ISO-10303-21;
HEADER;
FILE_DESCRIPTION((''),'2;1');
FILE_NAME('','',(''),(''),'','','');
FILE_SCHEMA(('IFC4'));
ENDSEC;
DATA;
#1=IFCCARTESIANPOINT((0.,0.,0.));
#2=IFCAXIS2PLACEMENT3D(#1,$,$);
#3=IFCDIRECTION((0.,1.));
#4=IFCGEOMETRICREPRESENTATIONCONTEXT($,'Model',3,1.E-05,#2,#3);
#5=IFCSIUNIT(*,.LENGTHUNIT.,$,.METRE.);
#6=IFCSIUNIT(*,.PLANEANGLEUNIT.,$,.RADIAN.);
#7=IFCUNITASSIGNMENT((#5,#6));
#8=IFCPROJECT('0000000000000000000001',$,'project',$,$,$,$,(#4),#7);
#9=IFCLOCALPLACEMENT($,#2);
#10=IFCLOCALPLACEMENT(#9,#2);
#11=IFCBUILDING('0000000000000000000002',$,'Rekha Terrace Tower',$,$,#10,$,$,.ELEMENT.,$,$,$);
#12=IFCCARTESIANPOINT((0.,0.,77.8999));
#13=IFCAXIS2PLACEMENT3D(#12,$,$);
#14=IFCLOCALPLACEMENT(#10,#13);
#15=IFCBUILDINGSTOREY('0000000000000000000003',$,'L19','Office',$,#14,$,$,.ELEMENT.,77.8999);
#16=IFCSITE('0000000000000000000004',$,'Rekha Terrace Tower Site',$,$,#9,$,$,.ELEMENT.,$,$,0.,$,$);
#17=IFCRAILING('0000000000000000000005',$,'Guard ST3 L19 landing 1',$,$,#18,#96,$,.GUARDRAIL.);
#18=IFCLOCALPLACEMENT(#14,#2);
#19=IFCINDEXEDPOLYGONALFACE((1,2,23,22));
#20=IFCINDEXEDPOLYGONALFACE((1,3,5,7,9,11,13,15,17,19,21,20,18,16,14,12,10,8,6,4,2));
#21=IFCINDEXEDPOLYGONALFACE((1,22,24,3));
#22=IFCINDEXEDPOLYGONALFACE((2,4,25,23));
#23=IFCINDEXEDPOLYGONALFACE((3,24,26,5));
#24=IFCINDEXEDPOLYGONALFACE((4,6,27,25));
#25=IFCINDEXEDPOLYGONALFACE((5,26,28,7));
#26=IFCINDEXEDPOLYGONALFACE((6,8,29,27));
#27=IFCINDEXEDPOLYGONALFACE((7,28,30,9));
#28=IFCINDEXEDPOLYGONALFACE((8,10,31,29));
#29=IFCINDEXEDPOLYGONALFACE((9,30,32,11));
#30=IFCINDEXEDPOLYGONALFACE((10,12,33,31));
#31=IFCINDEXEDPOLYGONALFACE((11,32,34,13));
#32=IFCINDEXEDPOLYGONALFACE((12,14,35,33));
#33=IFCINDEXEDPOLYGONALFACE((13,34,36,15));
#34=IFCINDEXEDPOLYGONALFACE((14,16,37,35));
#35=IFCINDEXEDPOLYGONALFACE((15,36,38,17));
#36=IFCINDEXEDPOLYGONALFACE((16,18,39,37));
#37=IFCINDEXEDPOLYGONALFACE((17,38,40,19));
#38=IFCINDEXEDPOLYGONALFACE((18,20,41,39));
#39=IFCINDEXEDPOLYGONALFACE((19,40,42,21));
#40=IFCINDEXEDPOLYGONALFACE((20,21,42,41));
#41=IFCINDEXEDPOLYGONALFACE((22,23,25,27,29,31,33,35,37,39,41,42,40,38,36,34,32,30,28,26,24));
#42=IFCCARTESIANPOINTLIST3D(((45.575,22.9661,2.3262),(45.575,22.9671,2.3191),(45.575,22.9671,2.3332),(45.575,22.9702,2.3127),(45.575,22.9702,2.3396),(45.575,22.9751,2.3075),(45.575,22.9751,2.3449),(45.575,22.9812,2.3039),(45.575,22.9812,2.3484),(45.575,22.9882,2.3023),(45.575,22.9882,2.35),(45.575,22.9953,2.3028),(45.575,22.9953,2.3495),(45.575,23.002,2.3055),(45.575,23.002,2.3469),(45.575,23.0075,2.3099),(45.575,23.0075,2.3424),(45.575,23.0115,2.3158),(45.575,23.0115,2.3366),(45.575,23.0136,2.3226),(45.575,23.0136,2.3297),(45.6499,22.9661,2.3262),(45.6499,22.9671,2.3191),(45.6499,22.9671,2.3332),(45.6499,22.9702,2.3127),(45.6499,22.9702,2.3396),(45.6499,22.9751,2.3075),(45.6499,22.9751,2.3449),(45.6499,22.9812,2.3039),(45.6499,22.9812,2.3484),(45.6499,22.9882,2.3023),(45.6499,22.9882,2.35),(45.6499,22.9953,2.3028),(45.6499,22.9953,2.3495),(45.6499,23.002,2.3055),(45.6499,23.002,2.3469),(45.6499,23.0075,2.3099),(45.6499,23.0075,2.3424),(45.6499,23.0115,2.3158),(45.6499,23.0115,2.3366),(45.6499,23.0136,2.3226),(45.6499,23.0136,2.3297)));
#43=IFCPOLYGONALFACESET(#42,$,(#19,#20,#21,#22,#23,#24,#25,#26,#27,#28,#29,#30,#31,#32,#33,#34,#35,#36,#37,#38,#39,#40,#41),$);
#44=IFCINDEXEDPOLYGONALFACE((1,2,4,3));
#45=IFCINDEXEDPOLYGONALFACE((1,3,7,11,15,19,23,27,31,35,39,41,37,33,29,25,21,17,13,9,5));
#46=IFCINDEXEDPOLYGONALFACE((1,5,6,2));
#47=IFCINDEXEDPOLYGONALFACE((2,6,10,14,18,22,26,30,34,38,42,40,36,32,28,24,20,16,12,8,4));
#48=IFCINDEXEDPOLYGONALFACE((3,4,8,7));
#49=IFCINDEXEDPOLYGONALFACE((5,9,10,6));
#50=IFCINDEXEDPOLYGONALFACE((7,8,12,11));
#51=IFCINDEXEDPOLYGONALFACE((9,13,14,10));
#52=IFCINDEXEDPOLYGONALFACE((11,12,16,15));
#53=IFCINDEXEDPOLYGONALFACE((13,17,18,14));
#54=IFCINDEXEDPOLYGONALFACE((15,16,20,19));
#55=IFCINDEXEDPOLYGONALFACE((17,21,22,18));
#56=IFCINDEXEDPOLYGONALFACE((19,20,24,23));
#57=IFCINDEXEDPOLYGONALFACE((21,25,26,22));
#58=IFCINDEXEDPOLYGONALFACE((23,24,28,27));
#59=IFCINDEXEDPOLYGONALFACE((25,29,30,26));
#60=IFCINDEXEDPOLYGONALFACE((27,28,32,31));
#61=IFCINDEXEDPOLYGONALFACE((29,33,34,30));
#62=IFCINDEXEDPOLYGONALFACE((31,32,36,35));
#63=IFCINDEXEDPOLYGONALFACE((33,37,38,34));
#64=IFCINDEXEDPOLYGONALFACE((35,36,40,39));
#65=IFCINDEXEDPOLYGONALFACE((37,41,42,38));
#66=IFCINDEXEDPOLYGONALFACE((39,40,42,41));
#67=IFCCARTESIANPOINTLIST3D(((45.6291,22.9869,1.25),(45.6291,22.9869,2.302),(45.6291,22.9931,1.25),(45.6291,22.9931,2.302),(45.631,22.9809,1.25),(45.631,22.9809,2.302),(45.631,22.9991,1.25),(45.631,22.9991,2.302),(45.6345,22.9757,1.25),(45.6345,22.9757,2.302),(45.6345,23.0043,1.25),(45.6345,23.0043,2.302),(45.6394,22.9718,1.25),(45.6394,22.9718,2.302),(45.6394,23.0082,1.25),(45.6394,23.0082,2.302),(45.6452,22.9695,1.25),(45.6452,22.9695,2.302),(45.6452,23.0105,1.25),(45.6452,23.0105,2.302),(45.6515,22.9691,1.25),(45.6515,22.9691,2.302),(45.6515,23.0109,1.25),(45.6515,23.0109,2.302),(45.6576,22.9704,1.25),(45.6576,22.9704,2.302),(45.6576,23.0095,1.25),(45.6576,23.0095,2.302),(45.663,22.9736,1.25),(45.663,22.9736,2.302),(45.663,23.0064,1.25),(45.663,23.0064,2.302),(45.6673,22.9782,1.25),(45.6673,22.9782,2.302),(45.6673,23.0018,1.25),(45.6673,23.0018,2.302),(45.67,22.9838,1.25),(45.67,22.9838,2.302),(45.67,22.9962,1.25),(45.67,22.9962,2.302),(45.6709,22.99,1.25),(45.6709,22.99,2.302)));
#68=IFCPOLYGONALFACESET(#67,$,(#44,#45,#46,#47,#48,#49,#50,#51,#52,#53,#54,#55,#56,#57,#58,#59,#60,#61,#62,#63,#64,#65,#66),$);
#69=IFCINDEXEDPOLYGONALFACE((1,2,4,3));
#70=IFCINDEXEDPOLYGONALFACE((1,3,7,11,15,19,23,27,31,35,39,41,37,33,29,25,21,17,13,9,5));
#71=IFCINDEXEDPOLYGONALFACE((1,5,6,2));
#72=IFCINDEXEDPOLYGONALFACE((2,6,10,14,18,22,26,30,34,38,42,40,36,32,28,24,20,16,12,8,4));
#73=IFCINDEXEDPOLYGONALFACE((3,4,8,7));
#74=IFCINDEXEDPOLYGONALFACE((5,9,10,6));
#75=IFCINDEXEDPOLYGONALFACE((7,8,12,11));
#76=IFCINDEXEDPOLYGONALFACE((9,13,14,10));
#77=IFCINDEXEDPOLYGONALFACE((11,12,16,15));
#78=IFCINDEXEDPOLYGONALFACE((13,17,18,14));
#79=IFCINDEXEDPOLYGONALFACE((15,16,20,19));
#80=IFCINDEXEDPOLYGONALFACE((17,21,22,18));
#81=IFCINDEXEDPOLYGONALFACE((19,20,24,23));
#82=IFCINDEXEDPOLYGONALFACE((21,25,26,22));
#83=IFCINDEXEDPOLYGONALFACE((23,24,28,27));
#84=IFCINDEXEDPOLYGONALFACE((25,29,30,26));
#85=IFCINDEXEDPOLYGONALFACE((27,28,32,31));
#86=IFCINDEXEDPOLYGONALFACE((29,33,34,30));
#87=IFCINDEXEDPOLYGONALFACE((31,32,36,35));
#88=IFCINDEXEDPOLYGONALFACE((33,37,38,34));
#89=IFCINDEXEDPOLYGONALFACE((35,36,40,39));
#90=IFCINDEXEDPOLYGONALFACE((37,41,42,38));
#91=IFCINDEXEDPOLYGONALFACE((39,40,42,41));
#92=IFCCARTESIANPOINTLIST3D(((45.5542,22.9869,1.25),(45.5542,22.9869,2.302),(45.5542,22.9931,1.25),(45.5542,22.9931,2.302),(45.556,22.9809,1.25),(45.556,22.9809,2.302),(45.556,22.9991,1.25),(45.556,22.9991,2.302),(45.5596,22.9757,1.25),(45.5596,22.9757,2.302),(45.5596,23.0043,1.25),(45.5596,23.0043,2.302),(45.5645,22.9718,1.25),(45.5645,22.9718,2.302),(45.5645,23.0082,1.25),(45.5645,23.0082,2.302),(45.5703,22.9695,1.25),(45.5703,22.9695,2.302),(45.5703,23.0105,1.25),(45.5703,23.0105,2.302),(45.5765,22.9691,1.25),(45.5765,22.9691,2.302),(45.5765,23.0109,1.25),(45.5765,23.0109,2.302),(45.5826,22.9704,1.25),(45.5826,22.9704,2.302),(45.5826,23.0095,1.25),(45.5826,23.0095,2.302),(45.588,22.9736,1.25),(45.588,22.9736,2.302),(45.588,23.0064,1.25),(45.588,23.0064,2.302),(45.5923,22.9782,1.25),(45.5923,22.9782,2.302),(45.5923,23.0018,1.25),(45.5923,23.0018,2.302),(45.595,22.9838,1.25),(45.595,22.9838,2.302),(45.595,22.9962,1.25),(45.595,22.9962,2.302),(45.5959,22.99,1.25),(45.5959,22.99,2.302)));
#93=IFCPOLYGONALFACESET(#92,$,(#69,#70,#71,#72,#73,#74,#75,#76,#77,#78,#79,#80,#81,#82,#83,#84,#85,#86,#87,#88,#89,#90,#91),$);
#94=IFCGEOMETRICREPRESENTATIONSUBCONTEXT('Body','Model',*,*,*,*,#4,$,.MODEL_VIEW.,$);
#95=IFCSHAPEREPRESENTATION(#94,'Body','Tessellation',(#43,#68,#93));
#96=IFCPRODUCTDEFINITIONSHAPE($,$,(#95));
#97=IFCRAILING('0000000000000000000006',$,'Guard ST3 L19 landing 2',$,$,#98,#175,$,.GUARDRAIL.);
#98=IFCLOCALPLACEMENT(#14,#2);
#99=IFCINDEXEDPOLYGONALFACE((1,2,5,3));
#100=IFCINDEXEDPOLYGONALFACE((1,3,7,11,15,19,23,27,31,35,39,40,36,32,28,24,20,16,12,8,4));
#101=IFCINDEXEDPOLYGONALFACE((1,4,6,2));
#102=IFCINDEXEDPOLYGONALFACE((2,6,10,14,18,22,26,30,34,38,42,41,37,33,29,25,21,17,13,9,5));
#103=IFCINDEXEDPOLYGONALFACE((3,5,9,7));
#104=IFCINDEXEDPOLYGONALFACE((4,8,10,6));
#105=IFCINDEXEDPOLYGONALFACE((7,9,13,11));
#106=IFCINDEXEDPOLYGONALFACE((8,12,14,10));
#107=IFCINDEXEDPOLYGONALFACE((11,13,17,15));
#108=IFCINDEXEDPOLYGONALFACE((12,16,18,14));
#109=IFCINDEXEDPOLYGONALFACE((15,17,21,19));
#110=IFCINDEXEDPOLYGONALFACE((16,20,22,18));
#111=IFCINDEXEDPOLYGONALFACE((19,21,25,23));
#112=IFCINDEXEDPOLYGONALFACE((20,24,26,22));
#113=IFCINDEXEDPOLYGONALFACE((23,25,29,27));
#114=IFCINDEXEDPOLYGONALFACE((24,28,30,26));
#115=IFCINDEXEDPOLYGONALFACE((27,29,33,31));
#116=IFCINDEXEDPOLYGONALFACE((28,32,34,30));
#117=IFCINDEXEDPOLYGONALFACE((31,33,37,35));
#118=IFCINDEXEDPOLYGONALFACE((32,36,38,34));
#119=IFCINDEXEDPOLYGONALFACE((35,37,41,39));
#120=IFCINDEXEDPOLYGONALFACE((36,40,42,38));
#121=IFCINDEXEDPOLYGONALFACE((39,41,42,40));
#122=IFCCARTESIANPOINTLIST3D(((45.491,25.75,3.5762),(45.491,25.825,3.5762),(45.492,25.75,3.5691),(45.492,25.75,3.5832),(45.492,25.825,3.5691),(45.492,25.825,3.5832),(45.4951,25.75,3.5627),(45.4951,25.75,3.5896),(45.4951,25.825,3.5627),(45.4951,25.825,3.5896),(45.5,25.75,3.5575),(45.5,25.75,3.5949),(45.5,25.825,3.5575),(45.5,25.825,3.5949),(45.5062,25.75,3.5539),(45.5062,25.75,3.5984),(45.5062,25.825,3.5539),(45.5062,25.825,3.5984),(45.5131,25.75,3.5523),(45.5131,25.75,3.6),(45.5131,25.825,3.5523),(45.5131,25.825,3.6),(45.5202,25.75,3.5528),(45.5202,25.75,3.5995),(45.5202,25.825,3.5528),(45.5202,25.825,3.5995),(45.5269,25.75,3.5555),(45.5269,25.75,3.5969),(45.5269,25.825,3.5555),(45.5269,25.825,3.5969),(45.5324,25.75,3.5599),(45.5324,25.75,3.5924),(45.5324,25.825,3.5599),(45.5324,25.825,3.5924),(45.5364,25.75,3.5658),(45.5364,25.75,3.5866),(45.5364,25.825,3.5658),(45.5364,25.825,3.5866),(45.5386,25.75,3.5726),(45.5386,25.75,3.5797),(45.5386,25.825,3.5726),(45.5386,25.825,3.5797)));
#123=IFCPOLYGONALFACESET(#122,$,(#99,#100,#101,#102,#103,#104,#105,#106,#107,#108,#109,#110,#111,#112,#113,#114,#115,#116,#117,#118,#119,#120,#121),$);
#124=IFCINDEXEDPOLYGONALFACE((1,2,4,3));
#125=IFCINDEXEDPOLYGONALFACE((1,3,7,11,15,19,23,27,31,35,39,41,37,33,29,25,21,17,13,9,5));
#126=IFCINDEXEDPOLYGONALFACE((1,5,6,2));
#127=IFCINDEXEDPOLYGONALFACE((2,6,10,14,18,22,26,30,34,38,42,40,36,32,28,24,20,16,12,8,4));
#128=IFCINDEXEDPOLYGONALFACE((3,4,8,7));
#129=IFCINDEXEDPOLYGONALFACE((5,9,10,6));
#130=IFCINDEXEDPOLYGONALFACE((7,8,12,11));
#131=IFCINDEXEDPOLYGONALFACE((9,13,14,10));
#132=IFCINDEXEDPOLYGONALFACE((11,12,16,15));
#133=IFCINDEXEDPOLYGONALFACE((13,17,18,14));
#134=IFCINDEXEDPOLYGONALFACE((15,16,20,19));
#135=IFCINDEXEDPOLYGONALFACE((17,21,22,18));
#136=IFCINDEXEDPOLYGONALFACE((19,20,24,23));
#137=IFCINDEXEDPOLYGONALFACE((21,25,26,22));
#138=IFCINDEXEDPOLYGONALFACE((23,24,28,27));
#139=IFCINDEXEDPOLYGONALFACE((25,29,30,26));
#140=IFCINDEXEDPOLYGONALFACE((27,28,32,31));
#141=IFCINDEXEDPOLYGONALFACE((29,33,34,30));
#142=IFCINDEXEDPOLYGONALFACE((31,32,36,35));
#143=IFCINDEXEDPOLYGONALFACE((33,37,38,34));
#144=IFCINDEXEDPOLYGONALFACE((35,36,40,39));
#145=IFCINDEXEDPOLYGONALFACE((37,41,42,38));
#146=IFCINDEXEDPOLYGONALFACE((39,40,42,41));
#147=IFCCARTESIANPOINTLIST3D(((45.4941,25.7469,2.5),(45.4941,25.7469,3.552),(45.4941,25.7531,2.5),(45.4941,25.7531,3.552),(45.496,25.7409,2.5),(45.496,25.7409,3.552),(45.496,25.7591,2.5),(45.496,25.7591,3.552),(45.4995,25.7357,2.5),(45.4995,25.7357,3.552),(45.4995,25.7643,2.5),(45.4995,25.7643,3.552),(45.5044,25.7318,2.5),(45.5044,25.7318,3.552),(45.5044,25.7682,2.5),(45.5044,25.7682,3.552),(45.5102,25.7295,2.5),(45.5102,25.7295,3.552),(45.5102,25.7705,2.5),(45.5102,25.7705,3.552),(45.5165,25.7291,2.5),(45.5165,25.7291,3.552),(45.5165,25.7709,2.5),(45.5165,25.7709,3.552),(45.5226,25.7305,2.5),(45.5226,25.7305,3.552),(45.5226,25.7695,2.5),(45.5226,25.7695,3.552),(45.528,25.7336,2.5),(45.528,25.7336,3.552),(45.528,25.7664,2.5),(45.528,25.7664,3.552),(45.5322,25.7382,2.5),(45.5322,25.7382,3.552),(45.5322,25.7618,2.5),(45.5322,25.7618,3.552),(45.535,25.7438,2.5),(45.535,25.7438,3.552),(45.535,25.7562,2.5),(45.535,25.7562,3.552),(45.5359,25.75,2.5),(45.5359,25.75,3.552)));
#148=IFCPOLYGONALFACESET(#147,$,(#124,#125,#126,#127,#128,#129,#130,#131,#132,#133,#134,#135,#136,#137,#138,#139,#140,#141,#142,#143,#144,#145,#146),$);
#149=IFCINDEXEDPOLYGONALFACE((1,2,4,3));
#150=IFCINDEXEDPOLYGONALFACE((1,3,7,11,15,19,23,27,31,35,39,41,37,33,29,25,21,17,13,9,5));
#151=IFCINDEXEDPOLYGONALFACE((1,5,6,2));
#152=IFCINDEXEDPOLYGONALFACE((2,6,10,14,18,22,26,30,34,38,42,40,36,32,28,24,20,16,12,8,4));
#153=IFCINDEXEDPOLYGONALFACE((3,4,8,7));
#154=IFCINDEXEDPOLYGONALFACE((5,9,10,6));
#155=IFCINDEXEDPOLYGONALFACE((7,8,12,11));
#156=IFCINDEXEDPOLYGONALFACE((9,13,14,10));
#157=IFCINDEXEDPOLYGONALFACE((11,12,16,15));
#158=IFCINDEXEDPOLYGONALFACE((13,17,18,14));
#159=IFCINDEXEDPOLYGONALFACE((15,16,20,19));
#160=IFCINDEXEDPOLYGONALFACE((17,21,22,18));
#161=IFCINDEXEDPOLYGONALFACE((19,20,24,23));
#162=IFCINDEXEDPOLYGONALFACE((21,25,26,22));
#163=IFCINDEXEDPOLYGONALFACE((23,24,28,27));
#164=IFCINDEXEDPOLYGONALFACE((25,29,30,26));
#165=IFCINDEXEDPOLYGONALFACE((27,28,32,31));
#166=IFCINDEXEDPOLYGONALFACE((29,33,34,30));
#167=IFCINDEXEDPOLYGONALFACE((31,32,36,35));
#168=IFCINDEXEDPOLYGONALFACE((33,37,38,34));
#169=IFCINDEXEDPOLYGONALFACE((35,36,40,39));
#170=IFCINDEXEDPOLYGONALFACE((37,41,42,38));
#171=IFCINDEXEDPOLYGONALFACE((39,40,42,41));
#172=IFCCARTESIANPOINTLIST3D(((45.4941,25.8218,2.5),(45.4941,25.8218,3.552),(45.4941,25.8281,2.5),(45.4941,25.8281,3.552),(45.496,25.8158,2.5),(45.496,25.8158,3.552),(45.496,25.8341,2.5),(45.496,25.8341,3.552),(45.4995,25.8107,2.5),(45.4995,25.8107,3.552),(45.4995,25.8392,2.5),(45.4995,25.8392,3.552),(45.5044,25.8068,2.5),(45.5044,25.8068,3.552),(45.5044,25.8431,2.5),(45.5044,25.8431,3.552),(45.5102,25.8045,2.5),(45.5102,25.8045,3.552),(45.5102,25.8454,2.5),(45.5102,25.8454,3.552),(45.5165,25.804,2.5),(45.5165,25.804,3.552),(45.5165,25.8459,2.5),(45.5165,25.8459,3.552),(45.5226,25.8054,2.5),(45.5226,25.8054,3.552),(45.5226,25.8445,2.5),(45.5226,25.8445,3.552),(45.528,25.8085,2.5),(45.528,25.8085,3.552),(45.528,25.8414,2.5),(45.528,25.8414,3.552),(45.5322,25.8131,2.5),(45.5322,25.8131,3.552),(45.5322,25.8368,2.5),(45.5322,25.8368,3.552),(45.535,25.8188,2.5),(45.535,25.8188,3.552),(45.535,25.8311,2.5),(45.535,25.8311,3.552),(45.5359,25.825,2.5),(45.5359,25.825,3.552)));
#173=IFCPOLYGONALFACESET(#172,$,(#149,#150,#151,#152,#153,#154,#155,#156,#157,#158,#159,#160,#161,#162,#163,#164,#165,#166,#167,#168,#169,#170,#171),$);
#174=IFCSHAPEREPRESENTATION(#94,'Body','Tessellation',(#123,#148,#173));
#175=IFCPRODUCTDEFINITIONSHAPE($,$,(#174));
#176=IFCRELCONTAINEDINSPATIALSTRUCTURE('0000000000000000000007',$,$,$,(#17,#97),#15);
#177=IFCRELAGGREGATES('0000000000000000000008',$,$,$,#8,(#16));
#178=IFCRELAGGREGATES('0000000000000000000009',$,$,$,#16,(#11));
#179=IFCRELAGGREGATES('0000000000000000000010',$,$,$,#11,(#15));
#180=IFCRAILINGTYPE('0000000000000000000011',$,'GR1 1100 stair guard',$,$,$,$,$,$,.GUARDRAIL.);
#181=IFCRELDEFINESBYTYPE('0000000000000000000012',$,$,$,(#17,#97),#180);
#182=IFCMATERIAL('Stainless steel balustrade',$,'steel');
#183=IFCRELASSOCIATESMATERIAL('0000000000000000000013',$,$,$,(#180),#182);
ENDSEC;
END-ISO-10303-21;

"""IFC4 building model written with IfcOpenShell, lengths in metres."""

from ifc_helpers import new_model, si_unit, direction, frame, origin, origin_2d, place, context, subcontext, project, spatial, circle, extrude, material, type_object, element, save


model = new_model("IFC4")

# Units and contexts
model_context = context("Model", 3, precision=1e-05, world=origin(), true_north=direction((0.0, 1.0)))
body_context = subcontext(model_context, "Body", "Model", "MODEL_VIEW")
ifc_project = project(units=[si_unit("LENGTHUNIT", "METRE"), si_unit("PLANEANGLEUNIT", "RADIAN")], contexts=[model_context])

# Site, building, storey
site_placement = place(None, origin())
site = spatial("IfcSite", under=ifc_project, at=site_placement, Name="Rekha Terrace Tower Site", CompositionType="ELEMENT", RefElevation=0.0)
building_placement = place(site_placement, origin())
building = spatial("IfcBuilding", under=site, at=building_placement, Name="Rekha Terrace Tower", CompositionType="ELEMENT")
storey_placement = place(building_placement, frame((0.0, 0.0, 77.8999)))
storey = spatial("IfcBuildingStorey", under=building, at=storey_placement, Name="L19", Description="Office", CompositionType="ELEMENT", Elevation=77.8999)

# Railings
ifc_material_1 = material(Name="Stainless steel balustrade", Category="steel")
railing_type_1 = type_object("IfcRailingType", Name="GR1 1100 stair guard", PredefinedType="GUARDRAIL", material=ifc_material_1)
railing_1_placement = place(storey_placement, frame((45.6499, 22.99, 1.25)))
element("IfcRailing", 1, at=railing_1_placement, inside=storey, type_object=railing_type_1, Name="Guard ST3 L19 landing 1", PredefinedType="GUARDRAIL", context=body_context, shape_type="SweptSolid", body=[
    extrude(circle(Radius=0.0239, at=origin_2d()), frame((0.0, 0.0, 1.0762), z_axis=(-1.0, 0.0, 0.0), x_axis=(0.0, -1.0, 0.0)), (0.0, 0.0, 1.0), 0.075),
    extrude(circle(Radius=0.021, at=origin_2d()), origin(), (0.0, 0.0, 1.0), 1.052),
    extrude(circle(Radius=0.021, at=origin_2d()), frame((-0.075, 0.0, 0.0)), (0.0, 0.0, 1.0), 1.052),
])
railing_2_placement = place(storey_placement, frame((45.5149, 25.75, 2.5)))
element("IfcRailing", 2, at=railing_2_placement, inside=storey, type_object=railing_type_1, Name="Guard ST3 L19 landing 2", PredefinedType="GUARDRAIL", context=body_context, shape_type="SweptSolid", body=[
    extrude(circle(Radius=0.0239, at=origin_2d()), frame((0.0, 0.0, 1.0762), z_axis=(0.0, 1.0, 0.0), x_axis=(-1.0, 0.0, 0.0)), (0.0, 0.0, 1.0), 0.075),
    extrude(circle(Radius=0.021, at=origin_2d()), origin(), (0.0, 0.0, 1.0), 1.052),
    extrude(circle(Radius=0.021, at=origin_2d()), frame((0.0, 0.075, 0.0)), (0.0, 0.0, 1.0), 1.052),
])

save(model, "model.ifc")
